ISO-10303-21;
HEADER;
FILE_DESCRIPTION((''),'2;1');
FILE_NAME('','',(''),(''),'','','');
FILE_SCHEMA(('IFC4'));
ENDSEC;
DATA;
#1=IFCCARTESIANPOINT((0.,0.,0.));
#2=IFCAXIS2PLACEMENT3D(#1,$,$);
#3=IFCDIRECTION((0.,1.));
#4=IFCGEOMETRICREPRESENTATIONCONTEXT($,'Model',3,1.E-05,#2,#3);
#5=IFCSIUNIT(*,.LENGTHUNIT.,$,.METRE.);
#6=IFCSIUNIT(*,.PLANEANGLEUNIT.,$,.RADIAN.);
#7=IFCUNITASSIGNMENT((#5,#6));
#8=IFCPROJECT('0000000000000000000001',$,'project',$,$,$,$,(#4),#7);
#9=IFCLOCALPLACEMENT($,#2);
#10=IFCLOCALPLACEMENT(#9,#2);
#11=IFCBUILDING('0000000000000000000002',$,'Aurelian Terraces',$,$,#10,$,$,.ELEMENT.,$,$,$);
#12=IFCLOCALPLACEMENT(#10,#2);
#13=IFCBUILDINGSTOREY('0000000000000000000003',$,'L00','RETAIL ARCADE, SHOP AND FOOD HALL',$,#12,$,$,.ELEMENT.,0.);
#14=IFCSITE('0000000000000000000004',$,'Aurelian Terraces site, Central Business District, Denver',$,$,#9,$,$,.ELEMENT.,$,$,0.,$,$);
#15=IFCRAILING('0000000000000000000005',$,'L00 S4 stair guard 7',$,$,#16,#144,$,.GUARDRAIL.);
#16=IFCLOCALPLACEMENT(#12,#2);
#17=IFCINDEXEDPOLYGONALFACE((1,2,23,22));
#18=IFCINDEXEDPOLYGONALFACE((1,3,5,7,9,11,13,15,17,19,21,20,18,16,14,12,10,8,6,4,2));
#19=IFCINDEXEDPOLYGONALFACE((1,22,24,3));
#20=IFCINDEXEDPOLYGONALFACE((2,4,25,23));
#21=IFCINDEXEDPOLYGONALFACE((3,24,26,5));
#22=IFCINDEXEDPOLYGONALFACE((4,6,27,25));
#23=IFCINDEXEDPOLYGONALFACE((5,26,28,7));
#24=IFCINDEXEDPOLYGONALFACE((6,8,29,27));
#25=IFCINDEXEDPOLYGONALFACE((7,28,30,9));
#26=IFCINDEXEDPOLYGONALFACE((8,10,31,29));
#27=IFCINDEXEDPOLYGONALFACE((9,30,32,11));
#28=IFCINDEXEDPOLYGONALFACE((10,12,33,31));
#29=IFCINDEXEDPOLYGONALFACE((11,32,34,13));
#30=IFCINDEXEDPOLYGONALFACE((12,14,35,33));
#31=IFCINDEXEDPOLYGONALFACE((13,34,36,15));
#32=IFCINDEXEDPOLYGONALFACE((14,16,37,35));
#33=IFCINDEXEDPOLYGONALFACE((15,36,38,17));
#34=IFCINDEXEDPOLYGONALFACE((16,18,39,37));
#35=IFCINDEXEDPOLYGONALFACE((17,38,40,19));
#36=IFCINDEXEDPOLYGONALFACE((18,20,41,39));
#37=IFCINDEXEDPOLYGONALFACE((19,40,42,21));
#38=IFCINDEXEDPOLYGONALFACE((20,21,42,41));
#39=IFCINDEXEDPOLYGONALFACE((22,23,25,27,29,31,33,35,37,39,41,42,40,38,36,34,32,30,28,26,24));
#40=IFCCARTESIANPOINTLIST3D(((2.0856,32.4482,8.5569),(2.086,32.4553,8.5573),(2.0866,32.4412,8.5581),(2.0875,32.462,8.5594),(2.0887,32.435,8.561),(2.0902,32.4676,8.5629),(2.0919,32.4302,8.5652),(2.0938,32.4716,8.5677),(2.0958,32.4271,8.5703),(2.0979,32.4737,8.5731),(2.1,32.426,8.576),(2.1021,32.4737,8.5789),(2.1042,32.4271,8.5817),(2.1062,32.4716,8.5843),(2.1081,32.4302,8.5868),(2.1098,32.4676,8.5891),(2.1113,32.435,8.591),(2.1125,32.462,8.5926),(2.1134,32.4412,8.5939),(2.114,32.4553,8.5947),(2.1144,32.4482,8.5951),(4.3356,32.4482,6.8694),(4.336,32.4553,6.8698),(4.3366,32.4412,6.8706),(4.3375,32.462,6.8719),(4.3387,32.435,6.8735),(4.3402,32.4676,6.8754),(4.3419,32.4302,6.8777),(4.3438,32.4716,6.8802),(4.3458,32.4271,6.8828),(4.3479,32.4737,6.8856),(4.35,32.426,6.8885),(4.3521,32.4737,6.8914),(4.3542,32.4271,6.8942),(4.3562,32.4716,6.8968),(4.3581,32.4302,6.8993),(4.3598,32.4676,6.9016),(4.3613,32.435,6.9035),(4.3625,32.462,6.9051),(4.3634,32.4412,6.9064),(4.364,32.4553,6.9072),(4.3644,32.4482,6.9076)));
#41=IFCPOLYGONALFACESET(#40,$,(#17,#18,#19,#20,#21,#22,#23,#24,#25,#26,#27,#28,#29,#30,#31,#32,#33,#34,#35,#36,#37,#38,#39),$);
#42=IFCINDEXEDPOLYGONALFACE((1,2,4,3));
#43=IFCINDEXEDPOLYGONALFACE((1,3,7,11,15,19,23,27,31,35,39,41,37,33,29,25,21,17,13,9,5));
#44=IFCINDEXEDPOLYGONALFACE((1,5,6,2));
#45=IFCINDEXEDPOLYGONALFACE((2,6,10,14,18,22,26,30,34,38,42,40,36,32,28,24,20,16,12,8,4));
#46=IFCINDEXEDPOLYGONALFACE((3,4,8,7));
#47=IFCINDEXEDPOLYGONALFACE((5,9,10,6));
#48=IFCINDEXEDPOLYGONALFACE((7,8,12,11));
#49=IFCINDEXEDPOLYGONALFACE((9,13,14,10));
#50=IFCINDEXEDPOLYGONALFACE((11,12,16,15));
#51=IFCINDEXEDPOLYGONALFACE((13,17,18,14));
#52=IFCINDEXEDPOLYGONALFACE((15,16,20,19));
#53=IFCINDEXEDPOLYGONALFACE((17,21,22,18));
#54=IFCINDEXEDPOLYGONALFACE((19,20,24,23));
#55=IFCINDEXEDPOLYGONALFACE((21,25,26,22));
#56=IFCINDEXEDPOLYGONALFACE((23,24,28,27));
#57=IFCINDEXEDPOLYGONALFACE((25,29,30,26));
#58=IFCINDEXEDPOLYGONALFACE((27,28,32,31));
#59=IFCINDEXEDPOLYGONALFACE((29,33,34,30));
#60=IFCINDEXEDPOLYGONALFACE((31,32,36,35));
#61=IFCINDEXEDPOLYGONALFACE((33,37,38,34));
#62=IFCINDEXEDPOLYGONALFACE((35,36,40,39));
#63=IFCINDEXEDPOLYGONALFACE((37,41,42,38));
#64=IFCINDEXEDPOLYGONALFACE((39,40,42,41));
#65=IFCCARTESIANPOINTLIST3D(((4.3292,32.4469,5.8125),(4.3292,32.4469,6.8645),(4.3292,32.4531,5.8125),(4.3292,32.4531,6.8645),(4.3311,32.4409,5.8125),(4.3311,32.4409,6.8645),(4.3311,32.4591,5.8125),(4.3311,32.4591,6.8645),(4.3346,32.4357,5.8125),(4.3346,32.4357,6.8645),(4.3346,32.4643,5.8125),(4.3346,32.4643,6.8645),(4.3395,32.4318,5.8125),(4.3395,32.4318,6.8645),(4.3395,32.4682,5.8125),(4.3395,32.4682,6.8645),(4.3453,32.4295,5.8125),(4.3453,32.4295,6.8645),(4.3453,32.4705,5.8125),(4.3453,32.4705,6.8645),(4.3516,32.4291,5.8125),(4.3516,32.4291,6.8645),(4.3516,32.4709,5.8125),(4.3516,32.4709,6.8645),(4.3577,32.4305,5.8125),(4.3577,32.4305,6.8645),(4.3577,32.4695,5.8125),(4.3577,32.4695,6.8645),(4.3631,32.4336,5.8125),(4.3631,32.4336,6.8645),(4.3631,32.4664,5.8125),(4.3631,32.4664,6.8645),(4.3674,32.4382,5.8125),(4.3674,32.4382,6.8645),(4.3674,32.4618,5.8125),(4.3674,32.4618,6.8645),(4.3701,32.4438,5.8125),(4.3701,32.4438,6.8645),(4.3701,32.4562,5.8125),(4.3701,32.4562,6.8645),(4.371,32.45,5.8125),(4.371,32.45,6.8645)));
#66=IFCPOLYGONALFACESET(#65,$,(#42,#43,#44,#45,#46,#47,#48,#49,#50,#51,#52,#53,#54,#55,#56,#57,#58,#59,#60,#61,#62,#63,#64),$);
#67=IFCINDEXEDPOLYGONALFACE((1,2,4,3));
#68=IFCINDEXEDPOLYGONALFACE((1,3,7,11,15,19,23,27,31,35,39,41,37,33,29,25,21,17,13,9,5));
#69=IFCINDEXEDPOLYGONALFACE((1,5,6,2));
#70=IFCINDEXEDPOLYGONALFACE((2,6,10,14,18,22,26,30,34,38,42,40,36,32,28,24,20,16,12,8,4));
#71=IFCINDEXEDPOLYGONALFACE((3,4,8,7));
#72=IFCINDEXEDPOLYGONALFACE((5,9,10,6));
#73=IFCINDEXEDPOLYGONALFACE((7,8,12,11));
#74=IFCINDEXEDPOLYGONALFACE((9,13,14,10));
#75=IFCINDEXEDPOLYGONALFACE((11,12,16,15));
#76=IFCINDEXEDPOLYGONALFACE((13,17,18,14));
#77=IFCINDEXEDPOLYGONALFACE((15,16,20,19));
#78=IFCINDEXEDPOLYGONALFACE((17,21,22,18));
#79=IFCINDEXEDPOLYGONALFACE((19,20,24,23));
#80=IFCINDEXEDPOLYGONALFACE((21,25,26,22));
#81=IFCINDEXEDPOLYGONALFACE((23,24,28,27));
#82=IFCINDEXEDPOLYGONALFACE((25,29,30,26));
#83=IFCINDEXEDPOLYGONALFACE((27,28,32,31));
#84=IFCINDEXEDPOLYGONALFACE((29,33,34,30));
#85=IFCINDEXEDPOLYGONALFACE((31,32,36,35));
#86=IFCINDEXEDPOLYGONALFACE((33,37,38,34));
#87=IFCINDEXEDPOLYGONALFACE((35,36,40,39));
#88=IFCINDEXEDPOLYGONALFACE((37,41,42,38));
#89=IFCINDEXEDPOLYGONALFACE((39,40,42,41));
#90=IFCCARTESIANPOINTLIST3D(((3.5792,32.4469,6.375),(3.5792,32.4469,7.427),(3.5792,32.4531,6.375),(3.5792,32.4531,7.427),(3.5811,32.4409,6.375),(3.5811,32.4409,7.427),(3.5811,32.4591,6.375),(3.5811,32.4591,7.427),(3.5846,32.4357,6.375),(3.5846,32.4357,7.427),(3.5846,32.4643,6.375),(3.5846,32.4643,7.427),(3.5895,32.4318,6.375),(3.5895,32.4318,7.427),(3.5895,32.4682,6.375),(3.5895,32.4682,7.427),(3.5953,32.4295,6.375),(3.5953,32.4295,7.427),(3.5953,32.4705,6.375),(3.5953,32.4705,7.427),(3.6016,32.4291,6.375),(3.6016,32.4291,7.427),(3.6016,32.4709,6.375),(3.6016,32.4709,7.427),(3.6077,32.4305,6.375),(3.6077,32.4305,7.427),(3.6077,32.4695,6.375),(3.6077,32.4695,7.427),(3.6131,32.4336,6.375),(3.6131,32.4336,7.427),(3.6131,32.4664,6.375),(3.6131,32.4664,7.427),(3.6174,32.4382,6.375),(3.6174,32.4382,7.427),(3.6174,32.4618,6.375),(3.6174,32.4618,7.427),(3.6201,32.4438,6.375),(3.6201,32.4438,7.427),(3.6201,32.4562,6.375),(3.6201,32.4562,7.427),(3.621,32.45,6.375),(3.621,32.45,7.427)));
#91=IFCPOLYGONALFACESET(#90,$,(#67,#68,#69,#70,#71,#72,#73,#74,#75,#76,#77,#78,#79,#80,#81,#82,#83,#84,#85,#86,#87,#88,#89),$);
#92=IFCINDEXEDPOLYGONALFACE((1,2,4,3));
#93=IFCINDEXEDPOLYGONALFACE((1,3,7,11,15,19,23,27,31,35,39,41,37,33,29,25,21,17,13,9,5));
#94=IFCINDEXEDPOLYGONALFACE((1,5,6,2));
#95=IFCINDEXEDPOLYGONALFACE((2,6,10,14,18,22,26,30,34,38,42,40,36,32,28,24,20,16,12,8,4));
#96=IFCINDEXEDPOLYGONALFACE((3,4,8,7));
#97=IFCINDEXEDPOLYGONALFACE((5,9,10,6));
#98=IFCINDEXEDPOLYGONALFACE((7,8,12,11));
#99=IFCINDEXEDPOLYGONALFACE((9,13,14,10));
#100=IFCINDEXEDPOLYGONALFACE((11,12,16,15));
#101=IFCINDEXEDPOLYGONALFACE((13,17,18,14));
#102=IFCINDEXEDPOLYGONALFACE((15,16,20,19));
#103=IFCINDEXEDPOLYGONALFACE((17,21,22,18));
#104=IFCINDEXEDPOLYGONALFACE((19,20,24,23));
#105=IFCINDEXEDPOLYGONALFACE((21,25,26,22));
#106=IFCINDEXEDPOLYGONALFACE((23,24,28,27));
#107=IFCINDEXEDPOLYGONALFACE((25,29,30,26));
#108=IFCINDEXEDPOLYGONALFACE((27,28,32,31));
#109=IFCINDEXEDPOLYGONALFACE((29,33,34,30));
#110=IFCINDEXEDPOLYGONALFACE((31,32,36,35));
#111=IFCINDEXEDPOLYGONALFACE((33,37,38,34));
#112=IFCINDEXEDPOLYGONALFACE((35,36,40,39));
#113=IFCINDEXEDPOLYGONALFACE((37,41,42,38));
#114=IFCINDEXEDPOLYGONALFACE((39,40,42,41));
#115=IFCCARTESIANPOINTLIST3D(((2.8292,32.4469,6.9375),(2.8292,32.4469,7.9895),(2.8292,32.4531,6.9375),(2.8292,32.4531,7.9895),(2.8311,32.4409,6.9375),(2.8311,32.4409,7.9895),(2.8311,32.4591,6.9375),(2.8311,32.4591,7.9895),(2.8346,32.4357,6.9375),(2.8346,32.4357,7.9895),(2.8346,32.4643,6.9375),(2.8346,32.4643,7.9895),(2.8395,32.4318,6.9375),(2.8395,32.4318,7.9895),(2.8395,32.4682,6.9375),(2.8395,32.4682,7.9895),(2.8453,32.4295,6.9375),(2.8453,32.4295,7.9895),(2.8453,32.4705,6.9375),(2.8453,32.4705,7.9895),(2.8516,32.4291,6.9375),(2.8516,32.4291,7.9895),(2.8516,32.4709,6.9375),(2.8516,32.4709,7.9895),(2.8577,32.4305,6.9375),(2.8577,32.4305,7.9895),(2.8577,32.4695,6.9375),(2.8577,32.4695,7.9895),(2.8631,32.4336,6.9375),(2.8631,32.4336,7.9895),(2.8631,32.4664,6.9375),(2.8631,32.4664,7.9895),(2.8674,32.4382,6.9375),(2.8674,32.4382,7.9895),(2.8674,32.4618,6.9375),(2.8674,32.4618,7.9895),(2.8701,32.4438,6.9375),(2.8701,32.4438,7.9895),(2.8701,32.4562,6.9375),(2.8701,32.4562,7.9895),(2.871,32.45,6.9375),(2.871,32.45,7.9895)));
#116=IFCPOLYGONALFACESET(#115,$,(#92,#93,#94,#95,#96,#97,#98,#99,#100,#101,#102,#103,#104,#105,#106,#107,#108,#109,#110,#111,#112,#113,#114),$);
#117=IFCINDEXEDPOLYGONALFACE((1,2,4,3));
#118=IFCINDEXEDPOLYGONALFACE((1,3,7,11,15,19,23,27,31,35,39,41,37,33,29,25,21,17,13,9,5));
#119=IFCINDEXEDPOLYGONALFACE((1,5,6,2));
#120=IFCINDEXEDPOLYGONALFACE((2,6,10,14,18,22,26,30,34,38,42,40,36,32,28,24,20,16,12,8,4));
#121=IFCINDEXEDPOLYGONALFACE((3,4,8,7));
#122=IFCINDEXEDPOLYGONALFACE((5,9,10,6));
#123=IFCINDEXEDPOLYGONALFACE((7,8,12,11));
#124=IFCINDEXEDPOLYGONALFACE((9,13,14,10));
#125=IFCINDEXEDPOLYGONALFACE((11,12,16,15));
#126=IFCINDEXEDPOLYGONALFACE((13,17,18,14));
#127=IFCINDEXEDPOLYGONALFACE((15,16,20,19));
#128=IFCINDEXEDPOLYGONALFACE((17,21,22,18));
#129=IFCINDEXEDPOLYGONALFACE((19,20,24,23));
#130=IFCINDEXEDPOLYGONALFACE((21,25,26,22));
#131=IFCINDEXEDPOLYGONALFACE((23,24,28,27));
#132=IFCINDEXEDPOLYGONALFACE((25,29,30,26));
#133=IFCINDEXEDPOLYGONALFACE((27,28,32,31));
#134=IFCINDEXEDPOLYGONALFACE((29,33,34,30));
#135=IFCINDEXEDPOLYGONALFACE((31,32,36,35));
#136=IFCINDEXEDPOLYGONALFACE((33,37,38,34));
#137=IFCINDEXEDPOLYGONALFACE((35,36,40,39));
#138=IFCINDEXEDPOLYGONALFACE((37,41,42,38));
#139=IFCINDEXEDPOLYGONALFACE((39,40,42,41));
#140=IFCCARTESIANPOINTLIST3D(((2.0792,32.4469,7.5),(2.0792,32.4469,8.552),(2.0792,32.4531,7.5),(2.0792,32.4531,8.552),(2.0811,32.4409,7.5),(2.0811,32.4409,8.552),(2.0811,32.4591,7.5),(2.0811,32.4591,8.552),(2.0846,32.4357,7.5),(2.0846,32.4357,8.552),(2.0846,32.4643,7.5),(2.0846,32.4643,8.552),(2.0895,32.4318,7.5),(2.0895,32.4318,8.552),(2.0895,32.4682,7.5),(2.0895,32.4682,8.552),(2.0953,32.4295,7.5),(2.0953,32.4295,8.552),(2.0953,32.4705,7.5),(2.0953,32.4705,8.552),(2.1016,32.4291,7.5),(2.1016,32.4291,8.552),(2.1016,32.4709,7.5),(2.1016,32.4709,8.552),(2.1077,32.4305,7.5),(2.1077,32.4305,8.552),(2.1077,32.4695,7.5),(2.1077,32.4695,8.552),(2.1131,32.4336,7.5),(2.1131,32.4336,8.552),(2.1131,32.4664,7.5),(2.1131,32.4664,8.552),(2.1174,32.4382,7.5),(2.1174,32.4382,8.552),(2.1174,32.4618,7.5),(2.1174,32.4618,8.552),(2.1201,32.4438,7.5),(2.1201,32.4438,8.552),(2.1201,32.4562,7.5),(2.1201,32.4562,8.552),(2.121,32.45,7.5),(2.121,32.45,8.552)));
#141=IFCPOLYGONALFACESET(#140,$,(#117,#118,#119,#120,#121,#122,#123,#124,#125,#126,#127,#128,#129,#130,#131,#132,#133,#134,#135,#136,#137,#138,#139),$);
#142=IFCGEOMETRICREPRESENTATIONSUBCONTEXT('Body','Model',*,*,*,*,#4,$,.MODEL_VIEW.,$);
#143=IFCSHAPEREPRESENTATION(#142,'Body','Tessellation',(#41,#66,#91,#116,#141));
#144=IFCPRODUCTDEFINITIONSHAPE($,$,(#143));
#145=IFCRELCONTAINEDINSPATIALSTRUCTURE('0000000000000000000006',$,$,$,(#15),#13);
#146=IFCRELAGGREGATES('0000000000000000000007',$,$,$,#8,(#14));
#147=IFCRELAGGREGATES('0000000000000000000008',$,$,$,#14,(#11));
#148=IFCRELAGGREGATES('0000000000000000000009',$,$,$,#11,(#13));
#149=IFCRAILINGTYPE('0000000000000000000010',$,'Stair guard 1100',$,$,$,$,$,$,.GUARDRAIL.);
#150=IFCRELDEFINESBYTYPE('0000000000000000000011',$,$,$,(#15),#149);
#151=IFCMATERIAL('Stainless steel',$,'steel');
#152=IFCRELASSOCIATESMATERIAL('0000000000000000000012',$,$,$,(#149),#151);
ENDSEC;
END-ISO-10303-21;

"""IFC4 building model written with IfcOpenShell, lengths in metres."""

from ifc_helpers import new_model, si_unit, direction, frame, origin, origin_2d, place, context, subcontext, project, spatial, circle, extrude, source, transform, mapped, material, type_object, element, save


model = new_model("IFC4")

# Units and contexts
model_context = context("Model", 3, precision=1e-05, world=origin(), true_north=direction((0.0, 1.0)))
body_context = subcontext(model_context, "Body", "Model", "MODEL_VIEW")
ifc_project = project(units=[si_unit("LENGTHUNIT", "METRE"), si_unit("PLANEANGLEUNIT", "RADIAN")], contexts=[model_context])

# Site, building, storey
site_placement = place(None, origin())
site = spatial("IfcSite", under=ifc_project, at=site_placement, Name="Aurelian Terraces site, Central Business District, Denver", CompositionType="ELEMENT", RefElevation=0.0)
building_placement = place(site_placement, origin())
building = spatial("IfcBuilding", under=site, at=building_placement, Name="Aurelian Terraces", CompositionType="ELEMENT")
storey_placement = place(building_placement, origin())
storey = spatial("IfcBuildingStorey", under=building, at=storey_placement, Name="L00", Description="RETAIL ARCADE, SHOP AND FOOD HALL", CompositionType="ELEMENT", Elevation=0.0)

# Railing
ifc_material_1 = material(Name="Stainless steel", Category="steel")
railing_type_1 = type_object("IfcRailingType", Name="Stair guard 1100", PredefinedType="GUARDRAIL", material=ifc_material_1)
shared_shape_1 = source(origin(), body_context, "Body", "SweptSolid", [
    extrude(circle(Radius=0.024, at=origin_2d()), frame((0.0, 0.0, 1.076), z_axis=(-0.8, 0.0, 0.6), x_axis=(0.0, -1.0, 0.0)), (0.0, 0.0, 1.0), 2.8125),
    extrude(circle(Radius=0.021, at=origin_2d()), origin(), (0.0, 0.0, 1.0), 1.052),
    extrude(circle(Radius=0.021, at=origin_2d()), frame((-0.75, 0.0, 0.5625)), (0.0, 0.0, 1.0), 1.052),
    extrude(circle(Radius=0.021, at=origin_2d()), frame((-1.5, 0.0, 1.125)), (0.0, 0.0, 1.0), 1.052),
    extrude(circle(Radius=0.021, at=origin_2d()), frame((-2.25, 0.0, 1.6875)), (0.0, 0.0, 1.0), 1.052),
])
for number, where, name in (
    (1, (4.35, 32.45, 5.8125), "L00 S4 stair guard 7"),
):
    element("IfcRailing", number, at=place(storey_placement, frame(where)), inside=storey, type_object=railing_type_1, Name=name, PredefinedType="GUARDRAIL", context=body_context, shape_type="MappedRepresentation", body=[
        mapped(shared_shape_1, transform((0.0, 0.0, 0.0), scale=1.0)),
    ])

save(model, "model.ifc")
